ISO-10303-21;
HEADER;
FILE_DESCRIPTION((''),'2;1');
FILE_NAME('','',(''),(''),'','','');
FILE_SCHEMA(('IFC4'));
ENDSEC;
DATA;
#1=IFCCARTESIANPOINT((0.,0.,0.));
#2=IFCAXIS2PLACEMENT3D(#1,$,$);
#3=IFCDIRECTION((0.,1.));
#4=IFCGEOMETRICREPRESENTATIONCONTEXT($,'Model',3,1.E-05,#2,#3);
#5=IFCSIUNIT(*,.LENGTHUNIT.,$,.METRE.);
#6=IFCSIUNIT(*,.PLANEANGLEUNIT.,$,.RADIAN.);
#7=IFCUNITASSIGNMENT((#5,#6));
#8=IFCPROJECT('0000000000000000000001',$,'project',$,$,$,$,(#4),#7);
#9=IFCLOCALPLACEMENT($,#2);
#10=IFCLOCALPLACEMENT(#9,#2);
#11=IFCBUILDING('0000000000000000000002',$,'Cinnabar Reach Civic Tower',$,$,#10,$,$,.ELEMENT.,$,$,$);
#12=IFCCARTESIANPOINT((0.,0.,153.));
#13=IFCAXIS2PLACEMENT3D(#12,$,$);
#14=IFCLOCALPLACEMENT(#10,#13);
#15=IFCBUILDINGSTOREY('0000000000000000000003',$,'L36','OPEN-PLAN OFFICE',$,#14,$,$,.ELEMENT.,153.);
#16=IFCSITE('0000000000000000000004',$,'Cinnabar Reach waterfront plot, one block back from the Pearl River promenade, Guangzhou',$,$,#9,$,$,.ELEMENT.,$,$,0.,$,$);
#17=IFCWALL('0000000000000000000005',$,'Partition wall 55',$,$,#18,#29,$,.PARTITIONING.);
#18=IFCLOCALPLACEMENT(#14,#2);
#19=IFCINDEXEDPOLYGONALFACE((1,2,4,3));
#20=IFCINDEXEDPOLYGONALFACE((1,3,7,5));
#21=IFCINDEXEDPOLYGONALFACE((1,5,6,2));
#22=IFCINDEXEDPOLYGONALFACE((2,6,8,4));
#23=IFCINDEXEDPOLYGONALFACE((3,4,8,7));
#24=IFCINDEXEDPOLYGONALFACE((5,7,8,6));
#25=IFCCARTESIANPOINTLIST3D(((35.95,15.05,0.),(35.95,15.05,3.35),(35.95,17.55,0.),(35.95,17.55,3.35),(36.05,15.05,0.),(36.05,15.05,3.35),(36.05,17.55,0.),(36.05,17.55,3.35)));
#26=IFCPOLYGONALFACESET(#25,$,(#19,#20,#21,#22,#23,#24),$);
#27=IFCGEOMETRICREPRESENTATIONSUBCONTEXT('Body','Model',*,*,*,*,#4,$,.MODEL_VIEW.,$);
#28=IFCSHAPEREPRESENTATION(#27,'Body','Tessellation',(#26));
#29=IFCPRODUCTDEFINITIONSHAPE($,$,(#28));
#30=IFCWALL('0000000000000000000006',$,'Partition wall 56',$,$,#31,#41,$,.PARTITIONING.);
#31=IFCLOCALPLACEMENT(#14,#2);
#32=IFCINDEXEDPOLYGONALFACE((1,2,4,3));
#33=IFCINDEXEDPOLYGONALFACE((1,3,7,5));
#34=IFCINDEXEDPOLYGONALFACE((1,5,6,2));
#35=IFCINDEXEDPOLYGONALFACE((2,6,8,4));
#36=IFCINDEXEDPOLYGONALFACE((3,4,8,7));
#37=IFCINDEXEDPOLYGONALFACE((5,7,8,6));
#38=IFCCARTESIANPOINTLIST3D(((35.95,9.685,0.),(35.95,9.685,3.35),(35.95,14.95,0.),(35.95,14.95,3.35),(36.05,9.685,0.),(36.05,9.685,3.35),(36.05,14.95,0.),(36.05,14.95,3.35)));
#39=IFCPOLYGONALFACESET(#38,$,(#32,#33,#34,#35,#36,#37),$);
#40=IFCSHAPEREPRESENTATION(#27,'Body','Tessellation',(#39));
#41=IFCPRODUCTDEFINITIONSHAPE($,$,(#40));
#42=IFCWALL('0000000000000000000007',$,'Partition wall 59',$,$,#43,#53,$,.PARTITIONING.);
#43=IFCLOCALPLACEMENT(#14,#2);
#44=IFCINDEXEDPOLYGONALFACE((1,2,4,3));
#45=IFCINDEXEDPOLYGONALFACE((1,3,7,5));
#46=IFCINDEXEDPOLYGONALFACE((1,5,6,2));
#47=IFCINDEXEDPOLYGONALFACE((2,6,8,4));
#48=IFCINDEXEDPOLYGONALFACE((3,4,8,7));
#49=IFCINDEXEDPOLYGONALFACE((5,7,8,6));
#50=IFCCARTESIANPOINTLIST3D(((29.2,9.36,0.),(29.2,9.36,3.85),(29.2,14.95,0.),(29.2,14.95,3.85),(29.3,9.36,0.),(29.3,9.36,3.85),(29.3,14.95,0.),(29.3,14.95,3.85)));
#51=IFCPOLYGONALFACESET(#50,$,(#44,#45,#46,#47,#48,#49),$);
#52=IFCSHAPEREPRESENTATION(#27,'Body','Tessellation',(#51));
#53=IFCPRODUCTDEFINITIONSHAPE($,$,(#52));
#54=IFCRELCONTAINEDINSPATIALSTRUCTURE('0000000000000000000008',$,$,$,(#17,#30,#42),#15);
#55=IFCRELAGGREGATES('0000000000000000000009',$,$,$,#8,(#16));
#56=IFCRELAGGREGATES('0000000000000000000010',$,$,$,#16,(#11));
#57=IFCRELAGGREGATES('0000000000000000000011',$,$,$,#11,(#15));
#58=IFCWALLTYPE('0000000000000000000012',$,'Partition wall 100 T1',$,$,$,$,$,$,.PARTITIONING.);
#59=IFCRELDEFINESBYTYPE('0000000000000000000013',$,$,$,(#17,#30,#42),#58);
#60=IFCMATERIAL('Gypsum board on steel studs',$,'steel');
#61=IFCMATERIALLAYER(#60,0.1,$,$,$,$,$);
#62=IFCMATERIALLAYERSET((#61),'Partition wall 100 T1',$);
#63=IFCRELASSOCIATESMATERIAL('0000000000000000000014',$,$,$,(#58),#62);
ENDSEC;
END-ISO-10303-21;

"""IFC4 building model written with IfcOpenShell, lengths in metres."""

from ifc_helpers import new_model, si_unit, direction, frame, frame_2d, origin, place, context, subcontext, project, spatial, rectangle, extrude, material, layer, layer_set, type_object, element, save


model = new_model("IFC4")

# Units and contexts
model_context = context("Model", 3, precision=1e-05, world=origin(), true_north=direction((0.0, 1.0)))
body_context = subcontext(model_context, "Body", "Model", "MODEL_VIEW")
ifc_project = project(units=[si_unit("LENGTHUNIT", "METRE"), si_unit("PLANEANGLEUNIT", "RADIAN")], contexts=[model_context])

# Site, building, storey
site_placement = place(None, origin())
site = spatial("IfcSite", under=ifc_project, at=site_placement, Name="Cinnabar Reach waterfront plot, one block back from the Pearl River promenade, Guangzhou", CompositionType="ELEMENT", RefElevation=0.0)
building_placement = place(site_placement, origin())
building = spatial("IfcBuilding", under=site, at=building_placement, Name="Cinnabar Reach Civic Tower", CompositionType="ELEMENT")
storey_placement = place(building_placement, frame((0.0, 0.0, 153.0)))
storey = spatial("IfcBuildingStorey", under=building, at=storey_placement, Name="L36", Description="OPEN-PLAN OFFICE", CompositionType="ELEMENT", Elevation=153.0)

# Walls
ifc_material_1 = material(Name="Gypsum board on steel studs", Category="steel")
ifc_layer_1 = layer(ifc_material_1, 0.1)
ifc_layer_set_1 = layer_set([ifc_layer_1], Name="Partition wall 100 T1")
wall_type_1 = type_object("IfcWallType", Name="Partition wall 100 T1", PredefinedType="PARTITIONING", material=ifc_layer_set_1)
wall_1_placement = place(storey_placement, frame((36.0, 15.05, 0.0), z_axis=(0.0, 0.0, 1.0), x_axis=(0.0, 1.0, 0.0)))
element("IfcWall", 1, at=wall_1_placement, inside=storey, type_object=wall_type_1, Name="Partition wall 55", PredefinedType="PARTITIONING", context=body_context, shape_type="SweptSolid", body=[
    extrude(rectangle(XDim=2.5, YDim=0.1, at=frame_2d((1.25, 0.0))), origin(), (0.0, 0.0, 1.0), 3.35),
])
wall_2_placement = place(storey_placement, frame((36.0, 9.685, 0.0), z_axis=(0.0, 0.0, 1.0), x_axis=(0.0, 1.0, 0.0)))
element("IfcWall", 2, at=wall_2_placement, inside=storey, type_object=wall_type_1, Name="Partition wall 56", PredefinedType="PARTITIONING", context=body_context, shape_type="SweptSolid", body=[
    extrude(rectangle(XDim=5.265, YDim=0.1, at=frame_2d((2.6325, 0.0))), origin(), (0.0, 0.0, 1.0), 3.35),
])
wall_3_placement = place(storey_placement, frame((29.25, 9.36, 0.0), z_axis=(0.0, 0.0, 1.0), x_axis=(0.0, 1.0, 0.0)))
element("IfcWall", 3, at=wall_3_placement, inside=storey, type_object=wall_type_1, Name="Partition wall 59", PredefinedType="PARTITIONING", context=body_context, shape_type="SweptSolid", body=[
    extrude(rectangle(XDim=5.59, YDim=0.1, at=frame_2d((2.795, 0.0))), origin(), (0.0, 0.0, 1.0), 3.85),
])

save(model, "model.ifc")
